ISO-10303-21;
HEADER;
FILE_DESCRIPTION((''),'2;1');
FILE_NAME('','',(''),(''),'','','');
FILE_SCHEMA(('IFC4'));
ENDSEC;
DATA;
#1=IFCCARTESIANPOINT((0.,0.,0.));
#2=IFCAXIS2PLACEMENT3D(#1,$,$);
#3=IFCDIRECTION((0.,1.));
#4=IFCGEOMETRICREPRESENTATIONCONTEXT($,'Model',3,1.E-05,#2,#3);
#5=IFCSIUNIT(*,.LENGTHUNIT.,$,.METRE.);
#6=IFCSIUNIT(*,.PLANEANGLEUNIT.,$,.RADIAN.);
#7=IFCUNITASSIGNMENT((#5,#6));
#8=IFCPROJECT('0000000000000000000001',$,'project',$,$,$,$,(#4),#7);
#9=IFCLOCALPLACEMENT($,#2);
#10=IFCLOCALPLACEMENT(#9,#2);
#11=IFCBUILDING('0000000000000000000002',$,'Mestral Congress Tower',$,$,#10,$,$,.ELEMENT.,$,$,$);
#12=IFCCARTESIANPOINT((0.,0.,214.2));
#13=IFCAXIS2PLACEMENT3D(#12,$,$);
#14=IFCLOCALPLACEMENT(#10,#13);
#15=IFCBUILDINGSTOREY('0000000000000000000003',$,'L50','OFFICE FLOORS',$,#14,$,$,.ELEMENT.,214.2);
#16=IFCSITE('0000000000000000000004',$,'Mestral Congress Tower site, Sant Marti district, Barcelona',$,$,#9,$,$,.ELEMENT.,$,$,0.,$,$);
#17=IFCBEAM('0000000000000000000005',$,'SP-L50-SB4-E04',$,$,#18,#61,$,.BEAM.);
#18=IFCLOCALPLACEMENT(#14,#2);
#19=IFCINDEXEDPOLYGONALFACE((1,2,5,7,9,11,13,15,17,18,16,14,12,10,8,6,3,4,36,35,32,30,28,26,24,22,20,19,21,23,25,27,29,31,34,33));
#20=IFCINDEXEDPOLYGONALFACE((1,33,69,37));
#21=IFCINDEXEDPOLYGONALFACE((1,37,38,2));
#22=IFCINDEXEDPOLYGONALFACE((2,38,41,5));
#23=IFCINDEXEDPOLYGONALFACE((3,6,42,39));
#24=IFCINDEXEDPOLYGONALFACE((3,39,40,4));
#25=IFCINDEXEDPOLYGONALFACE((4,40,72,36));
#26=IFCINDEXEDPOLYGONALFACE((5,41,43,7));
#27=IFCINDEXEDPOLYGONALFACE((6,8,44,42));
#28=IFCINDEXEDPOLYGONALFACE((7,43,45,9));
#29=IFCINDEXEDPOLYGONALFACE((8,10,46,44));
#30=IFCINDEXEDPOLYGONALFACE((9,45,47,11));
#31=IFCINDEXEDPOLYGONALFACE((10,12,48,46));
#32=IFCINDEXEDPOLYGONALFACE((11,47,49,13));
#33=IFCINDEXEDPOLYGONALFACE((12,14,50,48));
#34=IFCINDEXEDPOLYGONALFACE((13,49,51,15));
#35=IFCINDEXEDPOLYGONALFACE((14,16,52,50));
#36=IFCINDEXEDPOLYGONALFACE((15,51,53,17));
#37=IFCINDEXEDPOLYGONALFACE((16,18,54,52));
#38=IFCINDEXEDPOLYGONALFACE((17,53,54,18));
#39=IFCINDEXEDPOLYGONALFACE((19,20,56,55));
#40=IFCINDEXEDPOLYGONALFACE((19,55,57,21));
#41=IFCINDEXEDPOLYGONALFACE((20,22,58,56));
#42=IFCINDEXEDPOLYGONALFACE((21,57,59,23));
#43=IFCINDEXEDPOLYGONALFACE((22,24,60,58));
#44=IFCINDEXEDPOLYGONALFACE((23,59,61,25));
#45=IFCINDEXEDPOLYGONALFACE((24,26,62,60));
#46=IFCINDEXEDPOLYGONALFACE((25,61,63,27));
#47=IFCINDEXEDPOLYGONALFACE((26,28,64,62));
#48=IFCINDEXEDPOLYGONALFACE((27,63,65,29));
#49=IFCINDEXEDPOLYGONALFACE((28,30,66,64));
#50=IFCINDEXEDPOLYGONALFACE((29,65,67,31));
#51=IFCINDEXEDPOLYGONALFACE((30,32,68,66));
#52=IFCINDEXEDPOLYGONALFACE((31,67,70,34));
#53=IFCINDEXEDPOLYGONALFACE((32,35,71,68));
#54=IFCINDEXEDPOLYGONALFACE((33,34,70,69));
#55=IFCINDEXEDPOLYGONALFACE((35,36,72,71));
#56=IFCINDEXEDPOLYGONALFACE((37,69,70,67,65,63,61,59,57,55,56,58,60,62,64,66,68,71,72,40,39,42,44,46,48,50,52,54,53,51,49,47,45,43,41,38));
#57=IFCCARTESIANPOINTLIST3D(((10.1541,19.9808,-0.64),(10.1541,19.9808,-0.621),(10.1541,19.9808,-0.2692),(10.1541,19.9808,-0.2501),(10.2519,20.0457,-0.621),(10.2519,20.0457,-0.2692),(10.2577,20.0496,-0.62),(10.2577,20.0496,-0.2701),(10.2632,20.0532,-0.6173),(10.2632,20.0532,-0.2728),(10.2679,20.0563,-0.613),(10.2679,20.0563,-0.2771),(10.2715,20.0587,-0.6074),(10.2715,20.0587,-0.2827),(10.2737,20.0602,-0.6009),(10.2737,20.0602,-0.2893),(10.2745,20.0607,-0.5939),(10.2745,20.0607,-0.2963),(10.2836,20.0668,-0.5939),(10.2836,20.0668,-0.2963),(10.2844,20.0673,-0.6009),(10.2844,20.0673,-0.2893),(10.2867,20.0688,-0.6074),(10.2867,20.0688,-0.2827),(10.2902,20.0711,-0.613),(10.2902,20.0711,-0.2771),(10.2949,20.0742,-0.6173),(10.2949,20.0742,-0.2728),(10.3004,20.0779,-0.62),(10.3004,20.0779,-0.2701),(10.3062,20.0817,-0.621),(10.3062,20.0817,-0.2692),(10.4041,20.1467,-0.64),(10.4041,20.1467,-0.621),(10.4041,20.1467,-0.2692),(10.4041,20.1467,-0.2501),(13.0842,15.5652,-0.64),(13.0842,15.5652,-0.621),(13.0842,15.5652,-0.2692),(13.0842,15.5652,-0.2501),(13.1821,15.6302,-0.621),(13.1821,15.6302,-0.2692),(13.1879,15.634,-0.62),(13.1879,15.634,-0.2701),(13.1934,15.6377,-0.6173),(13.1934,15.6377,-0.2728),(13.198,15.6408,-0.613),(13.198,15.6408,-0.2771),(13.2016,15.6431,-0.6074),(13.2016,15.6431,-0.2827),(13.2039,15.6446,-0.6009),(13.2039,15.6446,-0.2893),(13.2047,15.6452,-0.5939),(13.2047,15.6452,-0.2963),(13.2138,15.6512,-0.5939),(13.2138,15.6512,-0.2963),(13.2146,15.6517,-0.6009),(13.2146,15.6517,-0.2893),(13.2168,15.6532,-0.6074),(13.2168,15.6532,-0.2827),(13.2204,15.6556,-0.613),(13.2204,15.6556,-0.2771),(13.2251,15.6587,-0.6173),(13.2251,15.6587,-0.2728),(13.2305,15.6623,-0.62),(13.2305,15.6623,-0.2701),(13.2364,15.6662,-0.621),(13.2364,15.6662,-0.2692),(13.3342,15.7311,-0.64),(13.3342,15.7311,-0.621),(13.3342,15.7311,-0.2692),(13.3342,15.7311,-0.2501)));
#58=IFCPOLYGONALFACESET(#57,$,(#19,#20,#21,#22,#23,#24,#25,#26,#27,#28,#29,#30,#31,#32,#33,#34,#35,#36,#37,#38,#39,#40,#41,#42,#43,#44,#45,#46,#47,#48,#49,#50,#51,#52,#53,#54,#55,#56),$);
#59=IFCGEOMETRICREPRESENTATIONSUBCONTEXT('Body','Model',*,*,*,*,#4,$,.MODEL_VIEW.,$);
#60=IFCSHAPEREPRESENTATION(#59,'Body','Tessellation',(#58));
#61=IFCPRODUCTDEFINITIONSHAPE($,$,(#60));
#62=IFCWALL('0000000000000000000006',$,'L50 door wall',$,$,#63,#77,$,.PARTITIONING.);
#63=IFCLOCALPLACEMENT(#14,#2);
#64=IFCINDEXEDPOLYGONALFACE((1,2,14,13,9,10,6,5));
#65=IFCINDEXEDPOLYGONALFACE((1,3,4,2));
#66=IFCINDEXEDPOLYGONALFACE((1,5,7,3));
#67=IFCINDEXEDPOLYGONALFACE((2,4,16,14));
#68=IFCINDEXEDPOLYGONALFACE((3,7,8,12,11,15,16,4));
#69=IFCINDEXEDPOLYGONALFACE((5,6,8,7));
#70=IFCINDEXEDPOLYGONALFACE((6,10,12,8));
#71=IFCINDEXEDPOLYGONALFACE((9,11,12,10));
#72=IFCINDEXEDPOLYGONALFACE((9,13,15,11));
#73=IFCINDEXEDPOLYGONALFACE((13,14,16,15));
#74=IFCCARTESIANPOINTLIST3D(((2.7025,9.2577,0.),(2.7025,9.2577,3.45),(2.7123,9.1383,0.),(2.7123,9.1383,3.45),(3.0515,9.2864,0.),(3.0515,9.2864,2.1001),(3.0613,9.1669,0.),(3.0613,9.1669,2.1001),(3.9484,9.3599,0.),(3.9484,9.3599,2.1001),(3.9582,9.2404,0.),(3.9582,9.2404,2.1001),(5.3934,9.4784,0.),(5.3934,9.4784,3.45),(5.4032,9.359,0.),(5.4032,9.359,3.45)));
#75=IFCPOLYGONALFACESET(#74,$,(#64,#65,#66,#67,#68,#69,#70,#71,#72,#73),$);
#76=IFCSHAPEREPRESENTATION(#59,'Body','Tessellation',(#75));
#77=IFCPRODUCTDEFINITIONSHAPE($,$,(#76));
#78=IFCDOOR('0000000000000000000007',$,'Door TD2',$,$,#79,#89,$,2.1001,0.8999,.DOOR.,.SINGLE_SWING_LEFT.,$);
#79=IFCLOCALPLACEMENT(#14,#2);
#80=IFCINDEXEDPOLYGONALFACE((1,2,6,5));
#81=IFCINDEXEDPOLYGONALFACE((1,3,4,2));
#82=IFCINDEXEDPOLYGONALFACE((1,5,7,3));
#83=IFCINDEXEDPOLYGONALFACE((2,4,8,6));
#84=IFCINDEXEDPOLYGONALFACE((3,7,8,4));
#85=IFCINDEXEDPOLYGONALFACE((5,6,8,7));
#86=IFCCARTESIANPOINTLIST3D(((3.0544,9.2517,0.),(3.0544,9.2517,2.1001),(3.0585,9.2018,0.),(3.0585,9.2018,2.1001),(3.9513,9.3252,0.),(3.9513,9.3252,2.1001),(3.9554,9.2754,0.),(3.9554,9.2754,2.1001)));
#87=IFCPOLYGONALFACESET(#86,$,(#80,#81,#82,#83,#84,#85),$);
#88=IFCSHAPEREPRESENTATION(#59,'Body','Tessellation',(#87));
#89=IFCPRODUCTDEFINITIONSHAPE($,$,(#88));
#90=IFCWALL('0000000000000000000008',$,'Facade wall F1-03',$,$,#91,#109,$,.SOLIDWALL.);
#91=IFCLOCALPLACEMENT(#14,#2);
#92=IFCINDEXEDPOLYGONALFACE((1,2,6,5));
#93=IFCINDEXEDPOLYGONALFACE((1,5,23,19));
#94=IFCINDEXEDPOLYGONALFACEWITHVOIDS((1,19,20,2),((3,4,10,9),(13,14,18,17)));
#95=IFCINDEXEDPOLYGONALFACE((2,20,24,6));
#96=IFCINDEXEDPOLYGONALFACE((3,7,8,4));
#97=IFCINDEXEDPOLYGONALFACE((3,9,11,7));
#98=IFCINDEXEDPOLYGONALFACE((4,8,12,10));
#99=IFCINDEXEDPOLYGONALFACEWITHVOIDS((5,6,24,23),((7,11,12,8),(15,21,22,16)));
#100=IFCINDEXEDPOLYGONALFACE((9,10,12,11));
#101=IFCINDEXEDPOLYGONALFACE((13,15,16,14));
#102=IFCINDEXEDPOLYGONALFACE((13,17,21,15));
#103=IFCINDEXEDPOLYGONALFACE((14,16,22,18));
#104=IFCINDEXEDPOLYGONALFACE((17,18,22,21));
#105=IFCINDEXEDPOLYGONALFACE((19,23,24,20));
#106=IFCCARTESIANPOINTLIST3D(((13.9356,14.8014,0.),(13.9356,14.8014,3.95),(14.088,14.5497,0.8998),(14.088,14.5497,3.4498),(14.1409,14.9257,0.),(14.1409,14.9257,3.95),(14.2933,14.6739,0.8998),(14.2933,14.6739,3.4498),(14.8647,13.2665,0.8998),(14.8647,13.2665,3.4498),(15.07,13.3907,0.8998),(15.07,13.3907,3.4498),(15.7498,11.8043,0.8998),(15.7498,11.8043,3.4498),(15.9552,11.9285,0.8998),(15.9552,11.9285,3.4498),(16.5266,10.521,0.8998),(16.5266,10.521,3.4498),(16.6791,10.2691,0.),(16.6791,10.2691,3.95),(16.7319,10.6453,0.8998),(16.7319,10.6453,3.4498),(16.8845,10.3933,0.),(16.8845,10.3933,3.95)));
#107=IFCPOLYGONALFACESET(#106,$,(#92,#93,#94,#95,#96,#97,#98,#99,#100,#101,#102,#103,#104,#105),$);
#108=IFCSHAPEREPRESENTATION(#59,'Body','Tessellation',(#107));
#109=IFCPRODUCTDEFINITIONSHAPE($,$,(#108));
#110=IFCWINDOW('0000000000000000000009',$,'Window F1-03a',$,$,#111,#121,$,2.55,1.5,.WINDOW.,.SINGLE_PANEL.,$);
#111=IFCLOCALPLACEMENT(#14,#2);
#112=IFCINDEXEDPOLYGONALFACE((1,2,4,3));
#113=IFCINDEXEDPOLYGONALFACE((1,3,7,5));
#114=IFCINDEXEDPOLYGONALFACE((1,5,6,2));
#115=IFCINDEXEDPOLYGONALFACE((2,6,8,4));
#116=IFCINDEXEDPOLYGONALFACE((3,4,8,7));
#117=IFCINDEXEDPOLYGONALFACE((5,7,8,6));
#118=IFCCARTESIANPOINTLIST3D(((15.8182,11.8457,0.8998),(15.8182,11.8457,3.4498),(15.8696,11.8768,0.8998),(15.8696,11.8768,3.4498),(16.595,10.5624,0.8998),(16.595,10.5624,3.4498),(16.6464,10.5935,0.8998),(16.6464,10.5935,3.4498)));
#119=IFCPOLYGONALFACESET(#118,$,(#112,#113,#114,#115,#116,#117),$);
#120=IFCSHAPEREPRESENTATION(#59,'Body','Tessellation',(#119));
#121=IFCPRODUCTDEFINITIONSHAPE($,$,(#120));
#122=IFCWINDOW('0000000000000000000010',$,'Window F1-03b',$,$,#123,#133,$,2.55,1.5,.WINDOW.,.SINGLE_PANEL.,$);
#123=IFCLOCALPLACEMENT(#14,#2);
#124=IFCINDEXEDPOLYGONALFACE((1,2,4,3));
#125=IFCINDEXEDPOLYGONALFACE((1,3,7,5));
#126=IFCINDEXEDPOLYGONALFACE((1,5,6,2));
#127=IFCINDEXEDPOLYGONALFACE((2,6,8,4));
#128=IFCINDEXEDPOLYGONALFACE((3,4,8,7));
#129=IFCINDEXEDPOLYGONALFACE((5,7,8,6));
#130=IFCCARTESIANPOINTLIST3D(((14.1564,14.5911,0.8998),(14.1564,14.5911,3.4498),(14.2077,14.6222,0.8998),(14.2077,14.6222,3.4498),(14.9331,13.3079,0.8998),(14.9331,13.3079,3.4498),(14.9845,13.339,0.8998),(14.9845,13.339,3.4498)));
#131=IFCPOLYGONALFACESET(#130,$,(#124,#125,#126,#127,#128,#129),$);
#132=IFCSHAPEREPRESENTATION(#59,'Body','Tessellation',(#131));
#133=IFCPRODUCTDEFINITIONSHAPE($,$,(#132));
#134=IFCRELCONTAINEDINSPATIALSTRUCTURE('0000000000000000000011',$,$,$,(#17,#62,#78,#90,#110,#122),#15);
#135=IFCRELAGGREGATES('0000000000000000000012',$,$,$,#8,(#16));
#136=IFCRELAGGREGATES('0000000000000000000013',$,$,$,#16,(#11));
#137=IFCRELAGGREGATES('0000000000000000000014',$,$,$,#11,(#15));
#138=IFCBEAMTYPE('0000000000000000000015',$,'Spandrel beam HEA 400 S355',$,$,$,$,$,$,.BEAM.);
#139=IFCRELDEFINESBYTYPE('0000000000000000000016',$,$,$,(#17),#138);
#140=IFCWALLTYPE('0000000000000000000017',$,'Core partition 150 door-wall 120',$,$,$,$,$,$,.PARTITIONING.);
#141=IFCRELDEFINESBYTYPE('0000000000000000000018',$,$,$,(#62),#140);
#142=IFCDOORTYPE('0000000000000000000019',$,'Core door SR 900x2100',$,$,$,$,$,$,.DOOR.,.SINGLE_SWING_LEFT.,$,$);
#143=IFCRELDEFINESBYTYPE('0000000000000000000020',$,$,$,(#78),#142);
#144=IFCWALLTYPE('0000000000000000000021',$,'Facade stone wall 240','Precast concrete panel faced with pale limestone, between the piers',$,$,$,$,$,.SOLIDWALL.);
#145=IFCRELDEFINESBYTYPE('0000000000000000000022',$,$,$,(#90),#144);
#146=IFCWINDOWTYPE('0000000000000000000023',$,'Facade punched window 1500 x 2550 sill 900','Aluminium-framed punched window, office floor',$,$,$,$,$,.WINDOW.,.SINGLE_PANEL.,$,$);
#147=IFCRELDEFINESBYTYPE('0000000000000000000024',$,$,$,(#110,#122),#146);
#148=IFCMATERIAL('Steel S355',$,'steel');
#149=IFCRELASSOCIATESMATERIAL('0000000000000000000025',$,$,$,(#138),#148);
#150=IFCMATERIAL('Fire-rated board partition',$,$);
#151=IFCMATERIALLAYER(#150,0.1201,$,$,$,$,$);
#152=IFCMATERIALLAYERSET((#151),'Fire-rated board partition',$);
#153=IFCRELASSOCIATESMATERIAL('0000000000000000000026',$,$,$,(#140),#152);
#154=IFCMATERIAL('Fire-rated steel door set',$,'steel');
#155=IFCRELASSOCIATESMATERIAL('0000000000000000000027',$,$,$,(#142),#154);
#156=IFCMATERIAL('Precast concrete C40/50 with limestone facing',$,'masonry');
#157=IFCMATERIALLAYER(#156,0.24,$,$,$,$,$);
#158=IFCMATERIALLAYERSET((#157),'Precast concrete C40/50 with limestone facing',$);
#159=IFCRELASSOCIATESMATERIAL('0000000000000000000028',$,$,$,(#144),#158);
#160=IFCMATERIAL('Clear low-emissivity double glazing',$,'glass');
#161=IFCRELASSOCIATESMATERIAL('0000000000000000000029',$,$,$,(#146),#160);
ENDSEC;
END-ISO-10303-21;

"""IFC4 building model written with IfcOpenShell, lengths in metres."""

from ifc_helpers import new_model, si_unit, direction, frame, frame_2d, origin, origin_2d, place, context, subcontext, project, spatial, rectangle, i_section, extrude, material, layer, layer_set, material_profile, profile_set, type_object, element, fill, save


model = new_model("IFC4")

# Units and contexts
model_context = context("Model", 3, precision=1e-05, world=origin(), true_north=direction((0.0, 1.0)))
body_context = subcontext(model_context, "Body", "Model", "MODEL_VIEW")
ifc_project = project(units=[si_unit("LENGTHUNIT", "METRE"), si_unit("PLANEANGLEUNIT", "RADIAN")], contexts=[model_context])

# Site, building, storey
site_placement = place(None, origin())
site = spatial("IfcSite", under=ifc_project, at=site_placement, Name="Mestral Congress Tower site, Sant Marti district, Barcelona", CompositionType="ELEMENT", RefElevation=0.0)
building_placement = place(site_placement, origin())
building = spatial("IfcBuilding", under=site, at=building_placement, Name="Mestral Congress Tower", CompositionType="ELEMENT")
storey_placement = place(building_placement, frame((0.0, 0.0, 214.2)))
storey = spatial("IfcBuildingStorey", under=building, at=storey_placement, Name="L50", Description="OFFICE FLOORS", CompositionType="ELEMENT", Elevation=214.2)

# Beam
ifc_material_1 = material(Name="Steel S355", Category="steel")
ifc_material_profile_1 = material_profile(ifc_material_1, i_section(OverallWidth=0.3, OverallDepth=0.3899, WebThickness=0.011, FlangeThickness=0.019, FilletRadius=0.0271, at=origin_2d()), Name="HEA 400")
ifc_profile_set_1 = profile_set([ifc_material_profile_1], Name="Steel S355")
beam_type_1 = type_object("IfcBeamType", Name="Spandrel beam HEA 400 S355", PredefinedType="BEAM", material=ifc_profile_set_1)
for number, where, z_axis, x_axis, name in (
    (1, (13.2092, 15.6482, -0.4451), (-0.552934, 0.833225, 0.0), (-0.833225, -0.552934, 0.0), "SP-L50-SB4-E04"),
):
    element("IfcBeam", number, at=place(storey_placement, frame(where, z_axis=z_axis, x_axis=x_axis)), inside=storey, type_object=beam_type_1, Name=name, PredefinedType="BEAM", context=body_context, shape_type="SweptSolid", body=[
        extrude(i_section(OverallWidth=0.3, OverallDepth=0.3899, WebThickness=0.011, FlangeThickness=0.019, FilletRadius=0.0271, at=origin_2d()), origin(), (0.0, 0.0, 1.0), 5.2993),
    ])

# Wall, opening, door
ifc_material_2 = material(Name="Fire-rated board partition")
ifc_layer_1 = layer(ifc_material_2, 0.1201)
ifc_layer_set_1 = layer_set([ifc_layer_1], Name="Fire-rated board partition")
wall_type_1 = type_object("IfcWallType", Name="Core partition 150 door-wall 120", PredefinedType="PARTITIONING", material=ifc_layer_set_1)
wall_1_placement = place(storey_placement, frame((5.3984, 9.4187, 0.0), z_axis=(0.0, 0.0, 1.0), x_axis=(-0.996653, -0.081743, 0.0)))
wall_1 = element("IfcWall", 2, at=wall_1_placement, inside=storey, type_object=wall_type_1, Name="L50 door wall", PredefinedType="PARTITIONING", context=body_context, shape_type="SweptSolid", body=[
    extrude(rectangle(XDim=2.7, YDim=0.1199, at=frame_2d((1.3501, 0.0))), origin(), (0.0, 0.0, 1.0), 3.45),
])
opening_1_placement = place(wall_1_placement, frame((1.45, 0.0, 0.0)))
opening_1 = element("IfcOpeningElement", 3, at=opening_1_placement, cuts=wall_1, PredefinedType="OPENING", context=body_context, shape_type="SweptSolid", body=[
    extrude(rectangle(XDim=0.8999, YDim=2.1001, at=frame_2d((0.45, 1.05))), frame((0.0, 0.0698, 0.0), z_axis=(0.0, -1.0, 0.0), x_axis=(1.0, 0.0, 0.0)), (0.0, 0.0, 1.0), 0.1399),
])
ifc_material_3 = material(Name="Fire-rated steel door set", Category="steel")
door_type_1 = type_object("IfcDoorType", Name="Core door SR 900x2100", OperationType="SINGLE_SWING_LEFT", PredefinedType="DOOR", material=ifc_material_3)
door_1_placement = place(opening_1_placement, origin())
door_1 = element("IfcDoor", 4, at=door_1_placement, inside=storey, type_object=door_type_1, Name="Door TD2", OperationType="SINGLE_SWING_LEFT", OverallHeight=2.1001, OverallWidth=0.8999, PredefinedType="DOOR", context=body_context, shape_type="SweptSolid", body=[
    extrude(rectangle(XDim=0.8999, YDim=2.1001, at=frame_2d((0.45, 1.05))), frame((0.0, 0.0249, 0.0), z_axis=(0.0, -1.0, 0.0), x_axis=(1.0, 0.0, 0.0)), (0.0, 0.0, 1.0), 0.05),
])
fill(opening_1, door_1)

# Wall, openings, windows
ifc_material_4 = material(Name="Precast concrete C40/50 with limestone facing", Category="masonry")
ifc_layer_2 = layer(ifc_material_4, 0.24)
ifc_layer_set_2 = layer_set([ifc_layer_2], Name="Precast concrete C40/50 with limestone facing")
wall_type_2 = type_object("IfcWallType", Name="Facade stone wall 240", Description="Precast concrete panel faced with pale limestone, between the piers", PredefinedType="SOLIDWALL", material=ifc_layer_set_2)
wall_2_placement = place(storey_placement, frame((16.7817, 10.3313, 0.0), z_axis=(0.0, 0.0, 1.0), x_axis=(-0.517846, 0.855474, 0.0)))
wall_2 = element("IfcWall", 5, at=wall_2_placement, inside=storey, type_object=wall_type_2, Name="Facade wall F1-03", PredefinedType="SOLIDWALL", context=body_context, shape_type="SweptSolid", body=[
    extrude(rectangle(XDim=5.2981, YDim=0.24, at=frame_2d((2.6489, 0.0))), origin(), (0.0, 0.0, 1.0), 3.95),
])
opening_2_placement = place(wall_2_placement, frame((0.2944, 0.0, 0.8999)))
opening_2 = element("IfcOpeningElement", 6, at=opening_2_placement, cuts=wall_2, PredefinedType="OPENING", context=body_context, shape_type="SweptSolid", body=[
    extrude(rectangle(XDim=1.5, YDim=2.55, at=frame_2d((0.75, 1.2749))), frame((0.0, 0.1299, 0.0), z_axis=(0.0, -1.0, 0.0), x_axis=(1.0, 0.0, 0.0)), (0.0, 0.0, 1.0), 0.26),
])
opening_3_placement = place(wall_2_placement, frame((3.5037, 0.0, 0.8999)))
opening_3 = element("IfcOpeningElement", 7, at=opening_3_placement, cuts=wall_2, PredefinedType="OPENING", context=body_context, shape_type="SweptSolid", body=[
    extrude(rectangle(XDim=1.5, YDim=2.55, at=frame_2d((0.75, 1.2749))), frame((0.0, 0.1299, 0.0), z_axis=(0.0, -1.0, 0.0), x_axis=(1.0, 0.0, 0.0)), (0.0, 0.0, 1.0), 0.26),
])
ifc_material_5 = material(Name="Clear low-emissivity double glazing", Category="glass")
window_type = type_object("IfcWindowType", Name="Facade punched window 1500 x 2550 sill 900", Description="Aluminium-framed punched window, office floor", PartitioningType="SINGLE_PANEL", PredefinedType="WINDOW", material=ifc_material_5)
window_1_placement = place(opening_2_placement, origin())
window_1 = element("IfcWindow", 8, at=window_1_placement, inside=storey, type_object=window_type, Name="Window F1-03a", OverallHeight=2.55, OverallWidth=1.5, PartitioningType="SINGLE_PANEL", PredefinedType="WINDOW", context=body_context, shape_type="SweptSolid", body=[
    extrude(rectangle(XDim=1.5, YDim=2.55, at=frame_2d((0.75, 1.2749))), frame((0.0, 0.04, 0.0), z_axis=(0.0, -1.0, 0.0), x_axis=(1.0, 0.0, 0.0)), (0.0, 0.0, 1.0), 0.0601),
])
fill(opening_2, window_1)
window_2_placement = place(opening_3_placement, origin())
window_2 = element("IfcWindow", 9, at=window_2_placement, inside=storey, type_object=window_type, Name="Window F1-03b", OverallHeight=2.55, OverallWidth=1.5, PartitioningType="SINGLE_PANEL", PredefinedType="WINDOW", context=body_context, shape_type="SweptSolid", body=[
    extrude(rectangle(XDim=1.5, YDim=2.55, at=frame_2d((0.75, 1.2749))), frame((0.0, 0.04, 0.0), z_axis=(0.0, -1.0, 0.0), x_axis=(1.0, 0.0, 0.0)), (0.0, 0.0, 1.0), 0.0601),
])
fill(opening_3, window_2)

save(model, "model.ifc")
